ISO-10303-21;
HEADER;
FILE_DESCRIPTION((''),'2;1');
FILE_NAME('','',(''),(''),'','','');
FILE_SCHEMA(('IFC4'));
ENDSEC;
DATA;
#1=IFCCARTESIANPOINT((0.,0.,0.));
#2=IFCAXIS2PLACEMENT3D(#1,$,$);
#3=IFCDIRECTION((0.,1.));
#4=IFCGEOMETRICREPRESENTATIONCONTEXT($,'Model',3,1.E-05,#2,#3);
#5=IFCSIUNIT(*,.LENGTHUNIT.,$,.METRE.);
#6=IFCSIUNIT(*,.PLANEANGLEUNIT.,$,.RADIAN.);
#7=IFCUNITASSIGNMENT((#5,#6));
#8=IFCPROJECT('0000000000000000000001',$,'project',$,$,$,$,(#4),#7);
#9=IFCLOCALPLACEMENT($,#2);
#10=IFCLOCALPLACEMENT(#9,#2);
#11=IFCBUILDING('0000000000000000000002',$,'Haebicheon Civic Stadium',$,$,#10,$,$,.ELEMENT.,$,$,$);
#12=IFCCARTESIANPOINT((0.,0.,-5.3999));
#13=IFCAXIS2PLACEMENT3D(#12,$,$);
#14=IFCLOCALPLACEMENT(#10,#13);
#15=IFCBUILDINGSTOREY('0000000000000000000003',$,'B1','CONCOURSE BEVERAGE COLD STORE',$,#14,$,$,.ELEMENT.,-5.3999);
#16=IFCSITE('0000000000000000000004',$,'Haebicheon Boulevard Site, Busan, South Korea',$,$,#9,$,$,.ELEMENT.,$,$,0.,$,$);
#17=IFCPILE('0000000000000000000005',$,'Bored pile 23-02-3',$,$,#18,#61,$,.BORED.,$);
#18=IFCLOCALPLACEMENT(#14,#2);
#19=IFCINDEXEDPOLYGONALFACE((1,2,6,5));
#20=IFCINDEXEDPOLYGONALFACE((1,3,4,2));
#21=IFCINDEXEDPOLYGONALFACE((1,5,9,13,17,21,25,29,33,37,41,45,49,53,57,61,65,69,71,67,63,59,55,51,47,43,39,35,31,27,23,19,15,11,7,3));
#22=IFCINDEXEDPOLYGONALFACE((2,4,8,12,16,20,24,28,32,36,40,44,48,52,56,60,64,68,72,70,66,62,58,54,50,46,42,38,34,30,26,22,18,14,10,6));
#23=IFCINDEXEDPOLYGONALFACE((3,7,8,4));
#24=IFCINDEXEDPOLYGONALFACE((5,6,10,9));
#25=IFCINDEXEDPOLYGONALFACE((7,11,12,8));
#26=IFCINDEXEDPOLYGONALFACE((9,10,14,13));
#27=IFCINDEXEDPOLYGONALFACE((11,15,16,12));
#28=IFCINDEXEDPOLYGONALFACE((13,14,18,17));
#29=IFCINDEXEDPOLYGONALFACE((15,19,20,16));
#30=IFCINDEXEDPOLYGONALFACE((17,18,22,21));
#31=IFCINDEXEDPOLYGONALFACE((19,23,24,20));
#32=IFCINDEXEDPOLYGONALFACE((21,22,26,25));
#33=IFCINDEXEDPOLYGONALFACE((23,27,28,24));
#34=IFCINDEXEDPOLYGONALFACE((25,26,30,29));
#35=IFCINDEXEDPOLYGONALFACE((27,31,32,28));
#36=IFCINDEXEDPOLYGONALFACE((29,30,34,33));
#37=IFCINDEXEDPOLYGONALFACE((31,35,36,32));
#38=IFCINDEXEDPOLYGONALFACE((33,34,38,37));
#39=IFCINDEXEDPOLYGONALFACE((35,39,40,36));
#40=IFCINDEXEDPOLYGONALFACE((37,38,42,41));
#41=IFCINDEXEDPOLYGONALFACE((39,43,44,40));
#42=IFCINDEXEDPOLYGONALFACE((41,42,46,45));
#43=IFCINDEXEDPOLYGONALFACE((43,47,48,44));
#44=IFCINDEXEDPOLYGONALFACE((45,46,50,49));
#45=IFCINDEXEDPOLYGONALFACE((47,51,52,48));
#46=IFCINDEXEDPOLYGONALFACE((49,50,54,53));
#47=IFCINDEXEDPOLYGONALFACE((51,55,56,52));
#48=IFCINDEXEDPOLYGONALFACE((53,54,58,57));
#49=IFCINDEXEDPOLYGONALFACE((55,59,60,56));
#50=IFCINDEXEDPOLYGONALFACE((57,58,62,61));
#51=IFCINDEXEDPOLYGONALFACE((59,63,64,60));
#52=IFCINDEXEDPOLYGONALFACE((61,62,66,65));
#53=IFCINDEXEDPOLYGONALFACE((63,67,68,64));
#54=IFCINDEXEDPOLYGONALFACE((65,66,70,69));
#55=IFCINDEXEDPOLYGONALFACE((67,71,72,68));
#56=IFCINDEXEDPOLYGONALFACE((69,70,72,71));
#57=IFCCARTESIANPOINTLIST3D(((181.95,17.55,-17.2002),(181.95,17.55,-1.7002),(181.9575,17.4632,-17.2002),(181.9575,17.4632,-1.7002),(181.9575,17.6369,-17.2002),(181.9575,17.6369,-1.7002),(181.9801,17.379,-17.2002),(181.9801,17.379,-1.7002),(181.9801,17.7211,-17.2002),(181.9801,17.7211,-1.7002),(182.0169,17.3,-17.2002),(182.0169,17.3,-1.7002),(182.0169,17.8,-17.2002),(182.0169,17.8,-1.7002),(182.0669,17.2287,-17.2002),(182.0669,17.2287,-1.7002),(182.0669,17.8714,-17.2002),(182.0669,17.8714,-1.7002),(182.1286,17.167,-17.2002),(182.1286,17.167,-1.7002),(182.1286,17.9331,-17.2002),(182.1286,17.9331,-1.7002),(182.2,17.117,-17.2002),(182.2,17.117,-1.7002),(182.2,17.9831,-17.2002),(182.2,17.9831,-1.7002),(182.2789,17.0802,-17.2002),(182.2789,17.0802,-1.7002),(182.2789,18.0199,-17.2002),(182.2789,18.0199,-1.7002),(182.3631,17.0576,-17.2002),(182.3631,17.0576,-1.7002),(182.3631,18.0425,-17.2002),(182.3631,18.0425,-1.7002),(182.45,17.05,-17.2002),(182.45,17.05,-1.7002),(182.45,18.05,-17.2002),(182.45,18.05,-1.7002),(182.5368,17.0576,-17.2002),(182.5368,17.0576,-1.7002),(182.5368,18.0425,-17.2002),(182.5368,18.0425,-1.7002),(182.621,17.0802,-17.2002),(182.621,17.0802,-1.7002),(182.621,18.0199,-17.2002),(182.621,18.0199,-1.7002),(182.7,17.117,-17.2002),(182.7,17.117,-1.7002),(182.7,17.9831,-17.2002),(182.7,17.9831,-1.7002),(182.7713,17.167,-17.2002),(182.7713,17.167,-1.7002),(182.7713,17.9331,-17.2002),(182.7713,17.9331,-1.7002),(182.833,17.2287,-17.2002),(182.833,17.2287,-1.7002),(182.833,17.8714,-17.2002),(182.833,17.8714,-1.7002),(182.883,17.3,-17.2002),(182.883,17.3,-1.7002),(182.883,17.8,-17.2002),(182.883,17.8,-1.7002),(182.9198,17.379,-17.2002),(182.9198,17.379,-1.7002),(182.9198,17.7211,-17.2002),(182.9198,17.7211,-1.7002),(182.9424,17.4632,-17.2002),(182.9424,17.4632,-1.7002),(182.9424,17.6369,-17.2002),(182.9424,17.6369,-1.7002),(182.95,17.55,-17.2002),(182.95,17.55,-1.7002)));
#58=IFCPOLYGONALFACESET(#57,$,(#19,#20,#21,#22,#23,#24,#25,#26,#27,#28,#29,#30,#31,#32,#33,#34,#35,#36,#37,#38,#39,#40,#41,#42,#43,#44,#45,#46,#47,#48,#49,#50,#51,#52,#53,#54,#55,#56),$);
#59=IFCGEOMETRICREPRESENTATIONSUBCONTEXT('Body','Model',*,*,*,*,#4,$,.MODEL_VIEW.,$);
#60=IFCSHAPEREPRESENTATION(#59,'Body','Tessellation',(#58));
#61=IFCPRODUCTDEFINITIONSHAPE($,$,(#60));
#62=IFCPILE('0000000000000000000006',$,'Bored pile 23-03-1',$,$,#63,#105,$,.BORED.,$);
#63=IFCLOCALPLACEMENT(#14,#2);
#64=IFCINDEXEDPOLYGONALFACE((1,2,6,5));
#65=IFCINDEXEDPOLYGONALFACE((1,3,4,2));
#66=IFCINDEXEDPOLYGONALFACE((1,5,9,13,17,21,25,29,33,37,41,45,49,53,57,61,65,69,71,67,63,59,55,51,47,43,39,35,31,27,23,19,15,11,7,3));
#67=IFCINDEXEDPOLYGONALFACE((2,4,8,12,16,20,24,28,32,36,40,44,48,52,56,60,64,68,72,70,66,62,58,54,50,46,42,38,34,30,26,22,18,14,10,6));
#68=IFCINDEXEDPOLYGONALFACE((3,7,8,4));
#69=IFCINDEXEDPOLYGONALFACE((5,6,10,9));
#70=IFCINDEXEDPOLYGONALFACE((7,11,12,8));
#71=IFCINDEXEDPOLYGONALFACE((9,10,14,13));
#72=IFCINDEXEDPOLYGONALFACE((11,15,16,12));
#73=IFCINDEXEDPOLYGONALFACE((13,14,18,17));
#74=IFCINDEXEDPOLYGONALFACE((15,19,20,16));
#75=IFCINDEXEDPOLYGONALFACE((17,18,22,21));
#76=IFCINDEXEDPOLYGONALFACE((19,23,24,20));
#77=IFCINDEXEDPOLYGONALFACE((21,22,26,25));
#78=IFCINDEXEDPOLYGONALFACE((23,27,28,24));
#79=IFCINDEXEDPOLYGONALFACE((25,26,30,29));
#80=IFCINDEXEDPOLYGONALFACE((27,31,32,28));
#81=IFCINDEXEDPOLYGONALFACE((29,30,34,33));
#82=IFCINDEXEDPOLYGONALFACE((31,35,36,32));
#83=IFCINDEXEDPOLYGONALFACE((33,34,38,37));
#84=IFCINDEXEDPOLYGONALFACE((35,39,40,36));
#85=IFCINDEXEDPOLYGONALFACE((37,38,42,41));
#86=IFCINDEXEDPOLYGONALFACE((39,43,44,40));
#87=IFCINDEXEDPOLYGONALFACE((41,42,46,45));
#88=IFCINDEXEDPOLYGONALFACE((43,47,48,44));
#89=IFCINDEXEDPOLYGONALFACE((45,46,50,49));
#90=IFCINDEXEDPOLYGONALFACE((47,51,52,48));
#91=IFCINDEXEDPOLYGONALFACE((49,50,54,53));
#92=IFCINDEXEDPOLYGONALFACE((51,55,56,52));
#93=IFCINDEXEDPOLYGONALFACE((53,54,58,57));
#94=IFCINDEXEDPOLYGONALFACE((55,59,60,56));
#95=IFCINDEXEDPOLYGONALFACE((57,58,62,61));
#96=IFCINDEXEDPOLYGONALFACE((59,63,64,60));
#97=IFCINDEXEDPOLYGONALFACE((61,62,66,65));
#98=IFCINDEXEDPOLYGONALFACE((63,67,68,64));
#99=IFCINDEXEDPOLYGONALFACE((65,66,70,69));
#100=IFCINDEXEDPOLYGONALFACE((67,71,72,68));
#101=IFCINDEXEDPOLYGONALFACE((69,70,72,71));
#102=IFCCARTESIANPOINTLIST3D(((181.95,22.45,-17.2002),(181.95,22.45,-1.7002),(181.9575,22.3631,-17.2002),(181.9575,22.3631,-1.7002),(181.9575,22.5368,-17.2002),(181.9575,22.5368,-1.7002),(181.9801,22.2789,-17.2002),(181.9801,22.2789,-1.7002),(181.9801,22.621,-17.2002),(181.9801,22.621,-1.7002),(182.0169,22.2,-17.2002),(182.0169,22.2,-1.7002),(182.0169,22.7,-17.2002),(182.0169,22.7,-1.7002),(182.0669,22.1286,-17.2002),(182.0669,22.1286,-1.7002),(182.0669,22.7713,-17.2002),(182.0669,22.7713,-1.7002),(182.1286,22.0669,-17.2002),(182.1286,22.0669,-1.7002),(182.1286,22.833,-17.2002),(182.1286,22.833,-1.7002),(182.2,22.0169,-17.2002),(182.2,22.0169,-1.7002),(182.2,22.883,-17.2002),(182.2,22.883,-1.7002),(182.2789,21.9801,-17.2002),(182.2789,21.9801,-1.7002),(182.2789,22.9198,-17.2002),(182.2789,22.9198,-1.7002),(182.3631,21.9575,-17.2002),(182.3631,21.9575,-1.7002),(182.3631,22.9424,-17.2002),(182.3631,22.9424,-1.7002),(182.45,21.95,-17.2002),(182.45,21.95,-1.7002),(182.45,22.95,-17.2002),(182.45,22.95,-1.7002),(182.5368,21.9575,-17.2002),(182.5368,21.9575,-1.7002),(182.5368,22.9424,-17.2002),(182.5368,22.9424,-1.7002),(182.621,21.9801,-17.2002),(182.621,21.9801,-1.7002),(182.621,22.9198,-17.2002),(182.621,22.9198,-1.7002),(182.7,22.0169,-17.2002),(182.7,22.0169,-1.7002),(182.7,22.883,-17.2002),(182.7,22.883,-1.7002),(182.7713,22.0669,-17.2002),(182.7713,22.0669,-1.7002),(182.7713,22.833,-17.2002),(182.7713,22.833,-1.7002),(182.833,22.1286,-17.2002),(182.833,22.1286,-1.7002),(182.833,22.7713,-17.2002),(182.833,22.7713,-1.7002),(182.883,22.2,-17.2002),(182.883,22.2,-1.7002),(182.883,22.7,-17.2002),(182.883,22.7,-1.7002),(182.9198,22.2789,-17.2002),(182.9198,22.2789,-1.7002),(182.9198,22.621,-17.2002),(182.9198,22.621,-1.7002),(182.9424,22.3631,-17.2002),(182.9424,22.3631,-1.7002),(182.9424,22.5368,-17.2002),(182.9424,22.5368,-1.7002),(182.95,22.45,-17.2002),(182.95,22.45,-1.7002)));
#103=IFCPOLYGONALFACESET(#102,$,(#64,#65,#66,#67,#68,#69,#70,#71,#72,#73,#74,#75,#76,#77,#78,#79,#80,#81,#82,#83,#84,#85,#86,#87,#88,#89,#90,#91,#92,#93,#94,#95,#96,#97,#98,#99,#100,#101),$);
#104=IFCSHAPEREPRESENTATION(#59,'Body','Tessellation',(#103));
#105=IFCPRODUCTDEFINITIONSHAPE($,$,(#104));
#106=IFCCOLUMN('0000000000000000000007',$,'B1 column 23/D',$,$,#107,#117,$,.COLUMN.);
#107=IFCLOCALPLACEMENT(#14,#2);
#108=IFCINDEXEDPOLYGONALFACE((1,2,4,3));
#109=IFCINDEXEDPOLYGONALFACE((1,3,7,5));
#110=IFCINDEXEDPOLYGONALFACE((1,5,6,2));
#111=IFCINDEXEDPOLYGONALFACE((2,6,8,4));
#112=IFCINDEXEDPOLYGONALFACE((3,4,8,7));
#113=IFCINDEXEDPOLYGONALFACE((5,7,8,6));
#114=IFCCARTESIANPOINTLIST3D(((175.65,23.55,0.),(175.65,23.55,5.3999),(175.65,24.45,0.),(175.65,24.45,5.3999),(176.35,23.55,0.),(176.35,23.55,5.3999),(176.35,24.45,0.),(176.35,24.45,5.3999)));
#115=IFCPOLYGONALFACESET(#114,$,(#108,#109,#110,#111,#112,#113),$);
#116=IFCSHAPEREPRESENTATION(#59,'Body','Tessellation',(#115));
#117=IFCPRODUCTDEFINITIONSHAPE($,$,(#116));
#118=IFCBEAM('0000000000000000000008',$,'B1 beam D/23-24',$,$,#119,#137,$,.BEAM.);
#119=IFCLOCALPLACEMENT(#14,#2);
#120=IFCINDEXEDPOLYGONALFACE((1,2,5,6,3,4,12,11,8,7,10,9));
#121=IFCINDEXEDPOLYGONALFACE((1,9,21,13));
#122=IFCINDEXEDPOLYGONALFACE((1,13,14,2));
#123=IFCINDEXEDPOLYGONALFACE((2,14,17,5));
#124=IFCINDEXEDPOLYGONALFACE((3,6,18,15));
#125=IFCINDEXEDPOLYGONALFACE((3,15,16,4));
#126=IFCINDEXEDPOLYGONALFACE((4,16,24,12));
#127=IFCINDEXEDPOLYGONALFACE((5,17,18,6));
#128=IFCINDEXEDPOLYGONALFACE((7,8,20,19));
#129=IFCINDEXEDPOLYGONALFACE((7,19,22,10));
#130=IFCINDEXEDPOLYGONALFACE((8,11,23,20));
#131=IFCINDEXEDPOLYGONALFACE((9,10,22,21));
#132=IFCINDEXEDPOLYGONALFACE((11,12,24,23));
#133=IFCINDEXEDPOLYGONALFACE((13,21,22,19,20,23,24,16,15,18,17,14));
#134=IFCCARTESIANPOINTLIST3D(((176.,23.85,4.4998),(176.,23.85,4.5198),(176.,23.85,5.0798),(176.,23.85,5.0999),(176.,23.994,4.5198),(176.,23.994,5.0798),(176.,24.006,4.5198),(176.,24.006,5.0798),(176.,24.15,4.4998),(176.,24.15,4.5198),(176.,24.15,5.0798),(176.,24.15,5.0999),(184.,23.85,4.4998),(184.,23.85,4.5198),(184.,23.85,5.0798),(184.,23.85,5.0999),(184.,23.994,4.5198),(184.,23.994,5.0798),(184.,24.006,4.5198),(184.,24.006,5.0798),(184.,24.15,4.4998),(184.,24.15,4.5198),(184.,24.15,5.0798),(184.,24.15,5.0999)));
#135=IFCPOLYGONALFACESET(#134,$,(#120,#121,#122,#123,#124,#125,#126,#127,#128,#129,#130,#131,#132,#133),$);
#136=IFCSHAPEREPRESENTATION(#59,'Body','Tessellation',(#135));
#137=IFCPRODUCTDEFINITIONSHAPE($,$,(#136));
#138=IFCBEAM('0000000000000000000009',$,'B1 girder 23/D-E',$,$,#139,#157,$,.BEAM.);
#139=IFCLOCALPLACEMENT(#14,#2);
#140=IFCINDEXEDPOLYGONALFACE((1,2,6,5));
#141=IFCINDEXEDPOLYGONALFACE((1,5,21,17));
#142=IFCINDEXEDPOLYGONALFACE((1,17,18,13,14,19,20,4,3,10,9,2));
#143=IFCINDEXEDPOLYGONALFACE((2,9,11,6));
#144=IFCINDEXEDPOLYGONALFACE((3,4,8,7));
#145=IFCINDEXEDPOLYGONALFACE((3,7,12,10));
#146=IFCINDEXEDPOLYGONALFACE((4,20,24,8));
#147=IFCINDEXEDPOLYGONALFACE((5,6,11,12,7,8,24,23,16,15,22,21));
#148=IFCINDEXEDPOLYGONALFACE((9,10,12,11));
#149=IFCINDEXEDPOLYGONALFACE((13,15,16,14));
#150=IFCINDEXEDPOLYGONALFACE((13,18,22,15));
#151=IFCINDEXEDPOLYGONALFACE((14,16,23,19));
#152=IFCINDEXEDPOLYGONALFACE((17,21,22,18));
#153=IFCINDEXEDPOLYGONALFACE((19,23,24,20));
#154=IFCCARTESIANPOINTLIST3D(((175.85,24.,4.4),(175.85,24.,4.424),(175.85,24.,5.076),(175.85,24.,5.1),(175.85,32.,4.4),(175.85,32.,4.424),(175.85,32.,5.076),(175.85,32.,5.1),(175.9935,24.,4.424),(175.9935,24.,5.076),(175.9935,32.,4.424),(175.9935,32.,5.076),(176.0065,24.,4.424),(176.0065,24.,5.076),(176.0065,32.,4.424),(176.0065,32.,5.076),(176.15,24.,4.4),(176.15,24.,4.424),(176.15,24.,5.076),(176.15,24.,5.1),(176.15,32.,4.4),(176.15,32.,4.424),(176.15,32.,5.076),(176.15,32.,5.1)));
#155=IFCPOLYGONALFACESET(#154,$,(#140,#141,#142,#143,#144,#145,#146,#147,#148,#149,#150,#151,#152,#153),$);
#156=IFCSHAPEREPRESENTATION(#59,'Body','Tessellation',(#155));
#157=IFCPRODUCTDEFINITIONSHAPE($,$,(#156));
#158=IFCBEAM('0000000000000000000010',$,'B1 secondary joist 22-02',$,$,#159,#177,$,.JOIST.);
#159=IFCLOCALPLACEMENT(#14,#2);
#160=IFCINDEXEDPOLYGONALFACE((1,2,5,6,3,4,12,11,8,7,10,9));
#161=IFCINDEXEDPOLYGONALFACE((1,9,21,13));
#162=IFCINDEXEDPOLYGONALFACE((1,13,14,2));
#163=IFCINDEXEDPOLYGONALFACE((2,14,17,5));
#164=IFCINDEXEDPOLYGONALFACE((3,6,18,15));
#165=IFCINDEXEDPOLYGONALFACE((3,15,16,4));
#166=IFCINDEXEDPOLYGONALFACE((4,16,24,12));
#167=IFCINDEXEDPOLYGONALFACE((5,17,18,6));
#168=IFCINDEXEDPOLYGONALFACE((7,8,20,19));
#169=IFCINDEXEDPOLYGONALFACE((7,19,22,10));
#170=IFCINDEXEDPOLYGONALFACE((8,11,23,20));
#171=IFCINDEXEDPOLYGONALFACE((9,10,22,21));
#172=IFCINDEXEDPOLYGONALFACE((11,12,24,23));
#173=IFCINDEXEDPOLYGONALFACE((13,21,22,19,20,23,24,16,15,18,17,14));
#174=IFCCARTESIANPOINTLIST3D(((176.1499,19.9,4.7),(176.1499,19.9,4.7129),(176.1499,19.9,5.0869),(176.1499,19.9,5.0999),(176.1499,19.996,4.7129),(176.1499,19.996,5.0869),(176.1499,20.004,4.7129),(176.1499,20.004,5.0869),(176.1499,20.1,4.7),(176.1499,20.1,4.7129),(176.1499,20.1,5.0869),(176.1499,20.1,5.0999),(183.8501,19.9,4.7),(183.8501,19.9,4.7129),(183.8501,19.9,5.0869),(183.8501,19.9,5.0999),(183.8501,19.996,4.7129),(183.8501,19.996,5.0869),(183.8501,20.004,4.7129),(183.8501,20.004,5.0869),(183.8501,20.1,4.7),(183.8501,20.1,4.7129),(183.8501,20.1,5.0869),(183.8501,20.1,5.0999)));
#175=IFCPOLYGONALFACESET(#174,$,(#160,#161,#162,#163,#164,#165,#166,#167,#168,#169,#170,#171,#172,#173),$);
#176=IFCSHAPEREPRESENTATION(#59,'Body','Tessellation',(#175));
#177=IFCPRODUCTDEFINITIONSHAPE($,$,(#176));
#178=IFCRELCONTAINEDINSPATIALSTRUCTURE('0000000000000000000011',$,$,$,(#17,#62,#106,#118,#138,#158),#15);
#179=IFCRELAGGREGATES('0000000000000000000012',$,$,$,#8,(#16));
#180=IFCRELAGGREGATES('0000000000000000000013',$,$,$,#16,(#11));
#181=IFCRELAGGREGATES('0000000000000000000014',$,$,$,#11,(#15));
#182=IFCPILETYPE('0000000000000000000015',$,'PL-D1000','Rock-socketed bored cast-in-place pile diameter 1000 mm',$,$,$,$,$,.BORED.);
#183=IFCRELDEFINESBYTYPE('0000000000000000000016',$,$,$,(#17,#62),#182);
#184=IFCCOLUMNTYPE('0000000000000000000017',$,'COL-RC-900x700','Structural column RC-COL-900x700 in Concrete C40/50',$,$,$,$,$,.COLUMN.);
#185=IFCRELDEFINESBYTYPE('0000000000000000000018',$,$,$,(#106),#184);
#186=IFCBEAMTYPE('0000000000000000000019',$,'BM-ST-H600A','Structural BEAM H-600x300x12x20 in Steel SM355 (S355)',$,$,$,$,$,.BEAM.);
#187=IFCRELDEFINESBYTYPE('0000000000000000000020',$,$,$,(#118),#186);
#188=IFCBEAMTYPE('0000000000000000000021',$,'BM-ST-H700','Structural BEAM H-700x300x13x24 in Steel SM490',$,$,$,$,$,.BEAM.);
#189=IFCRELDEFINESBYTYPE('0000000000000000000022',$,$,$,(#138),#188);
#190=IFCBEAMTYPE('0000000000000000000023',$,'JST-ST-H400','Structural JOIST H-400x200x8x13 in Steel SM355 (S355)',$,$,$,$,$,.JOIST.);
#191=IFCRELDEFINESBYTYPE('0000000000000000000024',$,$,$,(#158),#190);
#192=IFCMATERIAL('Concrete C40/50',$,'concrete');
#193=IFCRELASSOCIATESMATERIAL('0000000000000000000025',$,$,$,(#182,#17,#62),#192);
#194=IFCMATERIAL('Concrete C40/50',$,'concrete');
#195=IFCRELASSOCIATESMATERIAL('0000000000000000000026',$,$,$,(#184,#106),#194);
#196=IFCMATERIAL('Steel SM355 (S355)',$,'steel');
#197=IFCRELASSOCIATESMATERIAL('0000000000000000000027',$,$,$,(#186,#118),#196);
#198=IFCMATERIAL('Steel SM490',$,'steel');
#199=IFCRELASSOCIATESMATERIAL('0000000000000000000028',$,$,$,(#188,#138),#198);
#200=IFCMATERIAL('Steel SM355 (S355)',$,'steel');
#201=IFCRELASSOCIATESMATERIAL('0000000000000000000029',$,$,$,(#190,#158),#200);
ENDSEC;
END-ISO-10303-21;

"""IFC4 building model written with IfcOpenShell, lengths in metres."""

from ifc_helpers import new_model, si_unit, direction, frame, origin, origin_2d, place, context, subcontext, project, spatial, rectangle, circle, i_section, extrude, material, material_profile, profile_set, type_object, element, save


model = new_model("IFC4")

# Units and contexts
model_context = context("Model", 3, precision=1e-05, world=origin(), true_north=direction((0.0, 1.0)))
body_context = subcontext(model_context, "Body", "Model", "MODEL_VIEW")
ifc_project = project(units=[si_unit("LENGTHUNIT", "METRE"), si_unit("PLANEANGLEUNIT", "RADIAN")], contexts=[model_context])

# Site, building, storey
site_placement = place(None, origin())
site = spatial("IfcSite", under=ifc_project, at=site_placement, Name="Haebicheon Boulevard Site, Busan, South Korea", CompositionType="ELEMENT", RefElevation=0.0)
building_placement = place(site_placement, origin())
building = spatial("IfcBuilding", under=site, at=building_placement, Name="Haebicheon Civic Stadium", CompositionType="ELEMENT")
storey_placement = place(building_placement, frame((0.0, 0.0, -5.3999)))
storey = spatial("IfcBuildingStorey", under=building, at=storey_placement, Name="B1", Description="CONCOURSE BEVERAGE COLD STORE", CompositionType="ELEMENT", Elevation=-5.3999)

# Piles
ifc_material_1 = material(Name="Concrete C40/50", Category="concrete")
ifc_material_profile_1 = material_profile(ifc_material_1, circle(Radius=0.5, at=origin_2d()), Name="PILE-D1000")
ifc_profile_set_1 = profile_set([ifc_material_profile_1], Name="Concrete C40/50")
pile_type = type_object("IfcPileType", Name="PL-D1000", Description="Rock-socketed bored cast-in-place pile diameter 1000 mm", PredefinedType="BORED", material=ifc_profile_set_1)
for number, where, z_axis, x_axis, name in (
    (1, (182.45, 17.55, -1.7002), (0.0, 0.0, -1.0), (1.0, 0.0, 0.0), "Bored pile 23-02-3"),
    (2, (182.45, 22.45, -1.7002), (0.0, 0.0, -1.0), (1.0, 0.0, 0.0), "Bored pile 23-03-1"),
):
    element("IfcPile", number, at=place(storey_placement, frame(where, z_axis=z_axis, x_axis=x_axis)), inside=storey, type_object=pile_type, material=ifc_profile_set_1, Name=name, PredefinedType="BORED", context=body_context, shape_type="SweptSolid", body=[
        extrude(circle(Radius=0.5, at=origin_2d()), origin(), (0.0, 0.0, 1.0), 15.5),
    ])

# Column
ifc_material_2 = material(Name="Concrete C40/50", Category="concrete")
ifc_material_profile_2 = material_profile(ifc_material_2, rectangle(XDim=0.7, YDim=0.8999, at=origin_2d()), Name="RC-COL-900x700")
ifc_profile_set_2 = profile_set([ifc_material_profile_2], Name="Concrete C40/50")
column_type = type_object("IfcColumnType", Name="COL-RC-900x700", Description="Structural column RC-COL-900x700 in Concrete C40/50", PredefinedType="COLUMN", material=ifc_profile_set_2)
column_placement = place(storey_placement, frame((176.0, 24.0, 0.0), z_axis=(0.0, 0.0, 1.0), x_axis=(1.0, 0.0, 0.0)))
element("IfcColumn", 3, at=column_placement, inside=storey, type_object=column_type, material=ifc_profile_set_2, Name="B1 column 23/D", PredefinedType="COLUMN", context=body_context, shape_type="SweptSolid", body=[
    extrude(rectangle(XDim=0.7, YDim=0.8999, at=origin_2d()), origin(), (0.0, 0.0, 1.0), 5.3999),
])

# Beams
ifc_material_3 = material(Name="Steel SM355 (S355)", Category="steel")
ifc_material_profile_3 = material_profile(ifc_material_3, i_section(OverallWidth=0.3, OverallDepth=0.6001, WebThickness=0.012, FlangeThickness=0.02, at=origin_2d()), Name="H-600x300x12x20")
ifc_profile_set_3 = profile_set([ifc_material_profile_3], Name="Steel SM355 (S355)")
beam_type_1 = type_object("IfcBeamType", Name="BM-ST-H600A", Description="Structural BEAM H-600x300x12x20 in Steel SM355 (S355)", PredefinedType="BEAM", material=ifc_profile_set_3)
beam_1_placement = place(storey_placement, frame((176.0, 24.0, 4.7998), z_axis=(1.0, 0.0, 0.0), x_axis=(0.0, 1.0, 0.0)))
element("IfcBeam", 4, at=beam_1_placement, inside=storey, type_object=beam_type_1, material=ifc_profile_set_3, Name="B1 beam D/23-24", PredefinedType="BEAM", context=body_context, shape_type="SweptSolid", body=[
    extrude(i_section(OverallWidth=0.3, OverallDepth=0.6001, WebThickness=0.012, FlangeThickness=0.02, at=origin_2d()), origin(), (0.0, 0.0, 1.0), 8.0),
])
ifc_material_4 = material(Name="Steel SM490", Category="steel")
ifc_material_profile_4 = material_profile(ifc_material_4, i_section(OverallWidth=0.3, OverallDepth=0.7, WebThickness=0.0129, FlangeThickness=0.0239, at=origin_2d()), Name="H-700x300x13x24")
ifc_profile_set_4 = profile_set([ifc_material_profile_4], Name="Steel SM490")
beam_type_2 = type_object("IfcBeamType", Name="BM-ST-H700", Description="Structural BEAM H-700x300x13x24 in Steel SM490", PredefinedType="BEAM", material=ifc_profile_set_4)
beam_2_placement = place(storey_placement, frame((176.0, 24.0, 4.75), z_axis=(0.0, 1.0, 0.0), x_axis=(-1.0, 0.0, 0.0)))
element("IfcBeam", 5, at=beam_2_placement, inside=storey, type_object=beam_type_2, material=ifc_profile_set_4, Name="B1 girder 23/D-E", PredefinedType="BEAM", context=body_context, shape_type="SweptSolid", body=[
    extrude(i_section(OverallWidth=0.3, OverallDepth=0.7, WebThickness=0.0129, FlangeThickness=0.0239, at=origin_2d()), origin(), (0.0, 0.0, 1.0), 8.0),
])
ifc_material_5 = material(Name="Steel SM355 (S355)", Category="steel")
ifc_material_profile_5 = material_profile(ifc_material_5, i_section(OverallWidth=0.2, OverallDepth=0.3999, WebThickness=0.0081, FlangeThickness=0.0129, at=origin_2d()), Name="H-400x200x8x13")
ifc_profile_set_5 = profile_set([ifc_material_profile_5], Name="Steel SM355 (S355)")
beam_type_3 = type_object("IfcBeamType", Name="JST-ST-H400", Description="Structural JOIST H-400x200x8x13 in Steel SM355 (S355)", PredefinedType="JOIST", material=ifc_profile_set_5)
for number, where, z_axis, x_axis, name in (
    (6, (176.1499, 20.0, 4.8999), (1.0, 0.0, 0.0), (0.0, 1.0, 0.0), "B1 secondary joist 22-02"),
):
    element("IfcBeam", number, at=place(storey_placement, frame(where, z_axis=z_axis, x_axis=x_axis)), inside=storey, type_object=beam_type_3, material=ifc_profile_set_5, Name=name, PredefinedType="JOIST", context=body_context, shape_type="SweptSolid", body=[
        extrude(i_section(OverallWidth=0.2, OverallDepth=0.3999, WebThickness=0.0081, FlangeThickness=0.0129, at=origin_2d()), origin(), (0.0, 0.0, 1.0), 7.7002),
    ])

save(model, "model.ifc")
